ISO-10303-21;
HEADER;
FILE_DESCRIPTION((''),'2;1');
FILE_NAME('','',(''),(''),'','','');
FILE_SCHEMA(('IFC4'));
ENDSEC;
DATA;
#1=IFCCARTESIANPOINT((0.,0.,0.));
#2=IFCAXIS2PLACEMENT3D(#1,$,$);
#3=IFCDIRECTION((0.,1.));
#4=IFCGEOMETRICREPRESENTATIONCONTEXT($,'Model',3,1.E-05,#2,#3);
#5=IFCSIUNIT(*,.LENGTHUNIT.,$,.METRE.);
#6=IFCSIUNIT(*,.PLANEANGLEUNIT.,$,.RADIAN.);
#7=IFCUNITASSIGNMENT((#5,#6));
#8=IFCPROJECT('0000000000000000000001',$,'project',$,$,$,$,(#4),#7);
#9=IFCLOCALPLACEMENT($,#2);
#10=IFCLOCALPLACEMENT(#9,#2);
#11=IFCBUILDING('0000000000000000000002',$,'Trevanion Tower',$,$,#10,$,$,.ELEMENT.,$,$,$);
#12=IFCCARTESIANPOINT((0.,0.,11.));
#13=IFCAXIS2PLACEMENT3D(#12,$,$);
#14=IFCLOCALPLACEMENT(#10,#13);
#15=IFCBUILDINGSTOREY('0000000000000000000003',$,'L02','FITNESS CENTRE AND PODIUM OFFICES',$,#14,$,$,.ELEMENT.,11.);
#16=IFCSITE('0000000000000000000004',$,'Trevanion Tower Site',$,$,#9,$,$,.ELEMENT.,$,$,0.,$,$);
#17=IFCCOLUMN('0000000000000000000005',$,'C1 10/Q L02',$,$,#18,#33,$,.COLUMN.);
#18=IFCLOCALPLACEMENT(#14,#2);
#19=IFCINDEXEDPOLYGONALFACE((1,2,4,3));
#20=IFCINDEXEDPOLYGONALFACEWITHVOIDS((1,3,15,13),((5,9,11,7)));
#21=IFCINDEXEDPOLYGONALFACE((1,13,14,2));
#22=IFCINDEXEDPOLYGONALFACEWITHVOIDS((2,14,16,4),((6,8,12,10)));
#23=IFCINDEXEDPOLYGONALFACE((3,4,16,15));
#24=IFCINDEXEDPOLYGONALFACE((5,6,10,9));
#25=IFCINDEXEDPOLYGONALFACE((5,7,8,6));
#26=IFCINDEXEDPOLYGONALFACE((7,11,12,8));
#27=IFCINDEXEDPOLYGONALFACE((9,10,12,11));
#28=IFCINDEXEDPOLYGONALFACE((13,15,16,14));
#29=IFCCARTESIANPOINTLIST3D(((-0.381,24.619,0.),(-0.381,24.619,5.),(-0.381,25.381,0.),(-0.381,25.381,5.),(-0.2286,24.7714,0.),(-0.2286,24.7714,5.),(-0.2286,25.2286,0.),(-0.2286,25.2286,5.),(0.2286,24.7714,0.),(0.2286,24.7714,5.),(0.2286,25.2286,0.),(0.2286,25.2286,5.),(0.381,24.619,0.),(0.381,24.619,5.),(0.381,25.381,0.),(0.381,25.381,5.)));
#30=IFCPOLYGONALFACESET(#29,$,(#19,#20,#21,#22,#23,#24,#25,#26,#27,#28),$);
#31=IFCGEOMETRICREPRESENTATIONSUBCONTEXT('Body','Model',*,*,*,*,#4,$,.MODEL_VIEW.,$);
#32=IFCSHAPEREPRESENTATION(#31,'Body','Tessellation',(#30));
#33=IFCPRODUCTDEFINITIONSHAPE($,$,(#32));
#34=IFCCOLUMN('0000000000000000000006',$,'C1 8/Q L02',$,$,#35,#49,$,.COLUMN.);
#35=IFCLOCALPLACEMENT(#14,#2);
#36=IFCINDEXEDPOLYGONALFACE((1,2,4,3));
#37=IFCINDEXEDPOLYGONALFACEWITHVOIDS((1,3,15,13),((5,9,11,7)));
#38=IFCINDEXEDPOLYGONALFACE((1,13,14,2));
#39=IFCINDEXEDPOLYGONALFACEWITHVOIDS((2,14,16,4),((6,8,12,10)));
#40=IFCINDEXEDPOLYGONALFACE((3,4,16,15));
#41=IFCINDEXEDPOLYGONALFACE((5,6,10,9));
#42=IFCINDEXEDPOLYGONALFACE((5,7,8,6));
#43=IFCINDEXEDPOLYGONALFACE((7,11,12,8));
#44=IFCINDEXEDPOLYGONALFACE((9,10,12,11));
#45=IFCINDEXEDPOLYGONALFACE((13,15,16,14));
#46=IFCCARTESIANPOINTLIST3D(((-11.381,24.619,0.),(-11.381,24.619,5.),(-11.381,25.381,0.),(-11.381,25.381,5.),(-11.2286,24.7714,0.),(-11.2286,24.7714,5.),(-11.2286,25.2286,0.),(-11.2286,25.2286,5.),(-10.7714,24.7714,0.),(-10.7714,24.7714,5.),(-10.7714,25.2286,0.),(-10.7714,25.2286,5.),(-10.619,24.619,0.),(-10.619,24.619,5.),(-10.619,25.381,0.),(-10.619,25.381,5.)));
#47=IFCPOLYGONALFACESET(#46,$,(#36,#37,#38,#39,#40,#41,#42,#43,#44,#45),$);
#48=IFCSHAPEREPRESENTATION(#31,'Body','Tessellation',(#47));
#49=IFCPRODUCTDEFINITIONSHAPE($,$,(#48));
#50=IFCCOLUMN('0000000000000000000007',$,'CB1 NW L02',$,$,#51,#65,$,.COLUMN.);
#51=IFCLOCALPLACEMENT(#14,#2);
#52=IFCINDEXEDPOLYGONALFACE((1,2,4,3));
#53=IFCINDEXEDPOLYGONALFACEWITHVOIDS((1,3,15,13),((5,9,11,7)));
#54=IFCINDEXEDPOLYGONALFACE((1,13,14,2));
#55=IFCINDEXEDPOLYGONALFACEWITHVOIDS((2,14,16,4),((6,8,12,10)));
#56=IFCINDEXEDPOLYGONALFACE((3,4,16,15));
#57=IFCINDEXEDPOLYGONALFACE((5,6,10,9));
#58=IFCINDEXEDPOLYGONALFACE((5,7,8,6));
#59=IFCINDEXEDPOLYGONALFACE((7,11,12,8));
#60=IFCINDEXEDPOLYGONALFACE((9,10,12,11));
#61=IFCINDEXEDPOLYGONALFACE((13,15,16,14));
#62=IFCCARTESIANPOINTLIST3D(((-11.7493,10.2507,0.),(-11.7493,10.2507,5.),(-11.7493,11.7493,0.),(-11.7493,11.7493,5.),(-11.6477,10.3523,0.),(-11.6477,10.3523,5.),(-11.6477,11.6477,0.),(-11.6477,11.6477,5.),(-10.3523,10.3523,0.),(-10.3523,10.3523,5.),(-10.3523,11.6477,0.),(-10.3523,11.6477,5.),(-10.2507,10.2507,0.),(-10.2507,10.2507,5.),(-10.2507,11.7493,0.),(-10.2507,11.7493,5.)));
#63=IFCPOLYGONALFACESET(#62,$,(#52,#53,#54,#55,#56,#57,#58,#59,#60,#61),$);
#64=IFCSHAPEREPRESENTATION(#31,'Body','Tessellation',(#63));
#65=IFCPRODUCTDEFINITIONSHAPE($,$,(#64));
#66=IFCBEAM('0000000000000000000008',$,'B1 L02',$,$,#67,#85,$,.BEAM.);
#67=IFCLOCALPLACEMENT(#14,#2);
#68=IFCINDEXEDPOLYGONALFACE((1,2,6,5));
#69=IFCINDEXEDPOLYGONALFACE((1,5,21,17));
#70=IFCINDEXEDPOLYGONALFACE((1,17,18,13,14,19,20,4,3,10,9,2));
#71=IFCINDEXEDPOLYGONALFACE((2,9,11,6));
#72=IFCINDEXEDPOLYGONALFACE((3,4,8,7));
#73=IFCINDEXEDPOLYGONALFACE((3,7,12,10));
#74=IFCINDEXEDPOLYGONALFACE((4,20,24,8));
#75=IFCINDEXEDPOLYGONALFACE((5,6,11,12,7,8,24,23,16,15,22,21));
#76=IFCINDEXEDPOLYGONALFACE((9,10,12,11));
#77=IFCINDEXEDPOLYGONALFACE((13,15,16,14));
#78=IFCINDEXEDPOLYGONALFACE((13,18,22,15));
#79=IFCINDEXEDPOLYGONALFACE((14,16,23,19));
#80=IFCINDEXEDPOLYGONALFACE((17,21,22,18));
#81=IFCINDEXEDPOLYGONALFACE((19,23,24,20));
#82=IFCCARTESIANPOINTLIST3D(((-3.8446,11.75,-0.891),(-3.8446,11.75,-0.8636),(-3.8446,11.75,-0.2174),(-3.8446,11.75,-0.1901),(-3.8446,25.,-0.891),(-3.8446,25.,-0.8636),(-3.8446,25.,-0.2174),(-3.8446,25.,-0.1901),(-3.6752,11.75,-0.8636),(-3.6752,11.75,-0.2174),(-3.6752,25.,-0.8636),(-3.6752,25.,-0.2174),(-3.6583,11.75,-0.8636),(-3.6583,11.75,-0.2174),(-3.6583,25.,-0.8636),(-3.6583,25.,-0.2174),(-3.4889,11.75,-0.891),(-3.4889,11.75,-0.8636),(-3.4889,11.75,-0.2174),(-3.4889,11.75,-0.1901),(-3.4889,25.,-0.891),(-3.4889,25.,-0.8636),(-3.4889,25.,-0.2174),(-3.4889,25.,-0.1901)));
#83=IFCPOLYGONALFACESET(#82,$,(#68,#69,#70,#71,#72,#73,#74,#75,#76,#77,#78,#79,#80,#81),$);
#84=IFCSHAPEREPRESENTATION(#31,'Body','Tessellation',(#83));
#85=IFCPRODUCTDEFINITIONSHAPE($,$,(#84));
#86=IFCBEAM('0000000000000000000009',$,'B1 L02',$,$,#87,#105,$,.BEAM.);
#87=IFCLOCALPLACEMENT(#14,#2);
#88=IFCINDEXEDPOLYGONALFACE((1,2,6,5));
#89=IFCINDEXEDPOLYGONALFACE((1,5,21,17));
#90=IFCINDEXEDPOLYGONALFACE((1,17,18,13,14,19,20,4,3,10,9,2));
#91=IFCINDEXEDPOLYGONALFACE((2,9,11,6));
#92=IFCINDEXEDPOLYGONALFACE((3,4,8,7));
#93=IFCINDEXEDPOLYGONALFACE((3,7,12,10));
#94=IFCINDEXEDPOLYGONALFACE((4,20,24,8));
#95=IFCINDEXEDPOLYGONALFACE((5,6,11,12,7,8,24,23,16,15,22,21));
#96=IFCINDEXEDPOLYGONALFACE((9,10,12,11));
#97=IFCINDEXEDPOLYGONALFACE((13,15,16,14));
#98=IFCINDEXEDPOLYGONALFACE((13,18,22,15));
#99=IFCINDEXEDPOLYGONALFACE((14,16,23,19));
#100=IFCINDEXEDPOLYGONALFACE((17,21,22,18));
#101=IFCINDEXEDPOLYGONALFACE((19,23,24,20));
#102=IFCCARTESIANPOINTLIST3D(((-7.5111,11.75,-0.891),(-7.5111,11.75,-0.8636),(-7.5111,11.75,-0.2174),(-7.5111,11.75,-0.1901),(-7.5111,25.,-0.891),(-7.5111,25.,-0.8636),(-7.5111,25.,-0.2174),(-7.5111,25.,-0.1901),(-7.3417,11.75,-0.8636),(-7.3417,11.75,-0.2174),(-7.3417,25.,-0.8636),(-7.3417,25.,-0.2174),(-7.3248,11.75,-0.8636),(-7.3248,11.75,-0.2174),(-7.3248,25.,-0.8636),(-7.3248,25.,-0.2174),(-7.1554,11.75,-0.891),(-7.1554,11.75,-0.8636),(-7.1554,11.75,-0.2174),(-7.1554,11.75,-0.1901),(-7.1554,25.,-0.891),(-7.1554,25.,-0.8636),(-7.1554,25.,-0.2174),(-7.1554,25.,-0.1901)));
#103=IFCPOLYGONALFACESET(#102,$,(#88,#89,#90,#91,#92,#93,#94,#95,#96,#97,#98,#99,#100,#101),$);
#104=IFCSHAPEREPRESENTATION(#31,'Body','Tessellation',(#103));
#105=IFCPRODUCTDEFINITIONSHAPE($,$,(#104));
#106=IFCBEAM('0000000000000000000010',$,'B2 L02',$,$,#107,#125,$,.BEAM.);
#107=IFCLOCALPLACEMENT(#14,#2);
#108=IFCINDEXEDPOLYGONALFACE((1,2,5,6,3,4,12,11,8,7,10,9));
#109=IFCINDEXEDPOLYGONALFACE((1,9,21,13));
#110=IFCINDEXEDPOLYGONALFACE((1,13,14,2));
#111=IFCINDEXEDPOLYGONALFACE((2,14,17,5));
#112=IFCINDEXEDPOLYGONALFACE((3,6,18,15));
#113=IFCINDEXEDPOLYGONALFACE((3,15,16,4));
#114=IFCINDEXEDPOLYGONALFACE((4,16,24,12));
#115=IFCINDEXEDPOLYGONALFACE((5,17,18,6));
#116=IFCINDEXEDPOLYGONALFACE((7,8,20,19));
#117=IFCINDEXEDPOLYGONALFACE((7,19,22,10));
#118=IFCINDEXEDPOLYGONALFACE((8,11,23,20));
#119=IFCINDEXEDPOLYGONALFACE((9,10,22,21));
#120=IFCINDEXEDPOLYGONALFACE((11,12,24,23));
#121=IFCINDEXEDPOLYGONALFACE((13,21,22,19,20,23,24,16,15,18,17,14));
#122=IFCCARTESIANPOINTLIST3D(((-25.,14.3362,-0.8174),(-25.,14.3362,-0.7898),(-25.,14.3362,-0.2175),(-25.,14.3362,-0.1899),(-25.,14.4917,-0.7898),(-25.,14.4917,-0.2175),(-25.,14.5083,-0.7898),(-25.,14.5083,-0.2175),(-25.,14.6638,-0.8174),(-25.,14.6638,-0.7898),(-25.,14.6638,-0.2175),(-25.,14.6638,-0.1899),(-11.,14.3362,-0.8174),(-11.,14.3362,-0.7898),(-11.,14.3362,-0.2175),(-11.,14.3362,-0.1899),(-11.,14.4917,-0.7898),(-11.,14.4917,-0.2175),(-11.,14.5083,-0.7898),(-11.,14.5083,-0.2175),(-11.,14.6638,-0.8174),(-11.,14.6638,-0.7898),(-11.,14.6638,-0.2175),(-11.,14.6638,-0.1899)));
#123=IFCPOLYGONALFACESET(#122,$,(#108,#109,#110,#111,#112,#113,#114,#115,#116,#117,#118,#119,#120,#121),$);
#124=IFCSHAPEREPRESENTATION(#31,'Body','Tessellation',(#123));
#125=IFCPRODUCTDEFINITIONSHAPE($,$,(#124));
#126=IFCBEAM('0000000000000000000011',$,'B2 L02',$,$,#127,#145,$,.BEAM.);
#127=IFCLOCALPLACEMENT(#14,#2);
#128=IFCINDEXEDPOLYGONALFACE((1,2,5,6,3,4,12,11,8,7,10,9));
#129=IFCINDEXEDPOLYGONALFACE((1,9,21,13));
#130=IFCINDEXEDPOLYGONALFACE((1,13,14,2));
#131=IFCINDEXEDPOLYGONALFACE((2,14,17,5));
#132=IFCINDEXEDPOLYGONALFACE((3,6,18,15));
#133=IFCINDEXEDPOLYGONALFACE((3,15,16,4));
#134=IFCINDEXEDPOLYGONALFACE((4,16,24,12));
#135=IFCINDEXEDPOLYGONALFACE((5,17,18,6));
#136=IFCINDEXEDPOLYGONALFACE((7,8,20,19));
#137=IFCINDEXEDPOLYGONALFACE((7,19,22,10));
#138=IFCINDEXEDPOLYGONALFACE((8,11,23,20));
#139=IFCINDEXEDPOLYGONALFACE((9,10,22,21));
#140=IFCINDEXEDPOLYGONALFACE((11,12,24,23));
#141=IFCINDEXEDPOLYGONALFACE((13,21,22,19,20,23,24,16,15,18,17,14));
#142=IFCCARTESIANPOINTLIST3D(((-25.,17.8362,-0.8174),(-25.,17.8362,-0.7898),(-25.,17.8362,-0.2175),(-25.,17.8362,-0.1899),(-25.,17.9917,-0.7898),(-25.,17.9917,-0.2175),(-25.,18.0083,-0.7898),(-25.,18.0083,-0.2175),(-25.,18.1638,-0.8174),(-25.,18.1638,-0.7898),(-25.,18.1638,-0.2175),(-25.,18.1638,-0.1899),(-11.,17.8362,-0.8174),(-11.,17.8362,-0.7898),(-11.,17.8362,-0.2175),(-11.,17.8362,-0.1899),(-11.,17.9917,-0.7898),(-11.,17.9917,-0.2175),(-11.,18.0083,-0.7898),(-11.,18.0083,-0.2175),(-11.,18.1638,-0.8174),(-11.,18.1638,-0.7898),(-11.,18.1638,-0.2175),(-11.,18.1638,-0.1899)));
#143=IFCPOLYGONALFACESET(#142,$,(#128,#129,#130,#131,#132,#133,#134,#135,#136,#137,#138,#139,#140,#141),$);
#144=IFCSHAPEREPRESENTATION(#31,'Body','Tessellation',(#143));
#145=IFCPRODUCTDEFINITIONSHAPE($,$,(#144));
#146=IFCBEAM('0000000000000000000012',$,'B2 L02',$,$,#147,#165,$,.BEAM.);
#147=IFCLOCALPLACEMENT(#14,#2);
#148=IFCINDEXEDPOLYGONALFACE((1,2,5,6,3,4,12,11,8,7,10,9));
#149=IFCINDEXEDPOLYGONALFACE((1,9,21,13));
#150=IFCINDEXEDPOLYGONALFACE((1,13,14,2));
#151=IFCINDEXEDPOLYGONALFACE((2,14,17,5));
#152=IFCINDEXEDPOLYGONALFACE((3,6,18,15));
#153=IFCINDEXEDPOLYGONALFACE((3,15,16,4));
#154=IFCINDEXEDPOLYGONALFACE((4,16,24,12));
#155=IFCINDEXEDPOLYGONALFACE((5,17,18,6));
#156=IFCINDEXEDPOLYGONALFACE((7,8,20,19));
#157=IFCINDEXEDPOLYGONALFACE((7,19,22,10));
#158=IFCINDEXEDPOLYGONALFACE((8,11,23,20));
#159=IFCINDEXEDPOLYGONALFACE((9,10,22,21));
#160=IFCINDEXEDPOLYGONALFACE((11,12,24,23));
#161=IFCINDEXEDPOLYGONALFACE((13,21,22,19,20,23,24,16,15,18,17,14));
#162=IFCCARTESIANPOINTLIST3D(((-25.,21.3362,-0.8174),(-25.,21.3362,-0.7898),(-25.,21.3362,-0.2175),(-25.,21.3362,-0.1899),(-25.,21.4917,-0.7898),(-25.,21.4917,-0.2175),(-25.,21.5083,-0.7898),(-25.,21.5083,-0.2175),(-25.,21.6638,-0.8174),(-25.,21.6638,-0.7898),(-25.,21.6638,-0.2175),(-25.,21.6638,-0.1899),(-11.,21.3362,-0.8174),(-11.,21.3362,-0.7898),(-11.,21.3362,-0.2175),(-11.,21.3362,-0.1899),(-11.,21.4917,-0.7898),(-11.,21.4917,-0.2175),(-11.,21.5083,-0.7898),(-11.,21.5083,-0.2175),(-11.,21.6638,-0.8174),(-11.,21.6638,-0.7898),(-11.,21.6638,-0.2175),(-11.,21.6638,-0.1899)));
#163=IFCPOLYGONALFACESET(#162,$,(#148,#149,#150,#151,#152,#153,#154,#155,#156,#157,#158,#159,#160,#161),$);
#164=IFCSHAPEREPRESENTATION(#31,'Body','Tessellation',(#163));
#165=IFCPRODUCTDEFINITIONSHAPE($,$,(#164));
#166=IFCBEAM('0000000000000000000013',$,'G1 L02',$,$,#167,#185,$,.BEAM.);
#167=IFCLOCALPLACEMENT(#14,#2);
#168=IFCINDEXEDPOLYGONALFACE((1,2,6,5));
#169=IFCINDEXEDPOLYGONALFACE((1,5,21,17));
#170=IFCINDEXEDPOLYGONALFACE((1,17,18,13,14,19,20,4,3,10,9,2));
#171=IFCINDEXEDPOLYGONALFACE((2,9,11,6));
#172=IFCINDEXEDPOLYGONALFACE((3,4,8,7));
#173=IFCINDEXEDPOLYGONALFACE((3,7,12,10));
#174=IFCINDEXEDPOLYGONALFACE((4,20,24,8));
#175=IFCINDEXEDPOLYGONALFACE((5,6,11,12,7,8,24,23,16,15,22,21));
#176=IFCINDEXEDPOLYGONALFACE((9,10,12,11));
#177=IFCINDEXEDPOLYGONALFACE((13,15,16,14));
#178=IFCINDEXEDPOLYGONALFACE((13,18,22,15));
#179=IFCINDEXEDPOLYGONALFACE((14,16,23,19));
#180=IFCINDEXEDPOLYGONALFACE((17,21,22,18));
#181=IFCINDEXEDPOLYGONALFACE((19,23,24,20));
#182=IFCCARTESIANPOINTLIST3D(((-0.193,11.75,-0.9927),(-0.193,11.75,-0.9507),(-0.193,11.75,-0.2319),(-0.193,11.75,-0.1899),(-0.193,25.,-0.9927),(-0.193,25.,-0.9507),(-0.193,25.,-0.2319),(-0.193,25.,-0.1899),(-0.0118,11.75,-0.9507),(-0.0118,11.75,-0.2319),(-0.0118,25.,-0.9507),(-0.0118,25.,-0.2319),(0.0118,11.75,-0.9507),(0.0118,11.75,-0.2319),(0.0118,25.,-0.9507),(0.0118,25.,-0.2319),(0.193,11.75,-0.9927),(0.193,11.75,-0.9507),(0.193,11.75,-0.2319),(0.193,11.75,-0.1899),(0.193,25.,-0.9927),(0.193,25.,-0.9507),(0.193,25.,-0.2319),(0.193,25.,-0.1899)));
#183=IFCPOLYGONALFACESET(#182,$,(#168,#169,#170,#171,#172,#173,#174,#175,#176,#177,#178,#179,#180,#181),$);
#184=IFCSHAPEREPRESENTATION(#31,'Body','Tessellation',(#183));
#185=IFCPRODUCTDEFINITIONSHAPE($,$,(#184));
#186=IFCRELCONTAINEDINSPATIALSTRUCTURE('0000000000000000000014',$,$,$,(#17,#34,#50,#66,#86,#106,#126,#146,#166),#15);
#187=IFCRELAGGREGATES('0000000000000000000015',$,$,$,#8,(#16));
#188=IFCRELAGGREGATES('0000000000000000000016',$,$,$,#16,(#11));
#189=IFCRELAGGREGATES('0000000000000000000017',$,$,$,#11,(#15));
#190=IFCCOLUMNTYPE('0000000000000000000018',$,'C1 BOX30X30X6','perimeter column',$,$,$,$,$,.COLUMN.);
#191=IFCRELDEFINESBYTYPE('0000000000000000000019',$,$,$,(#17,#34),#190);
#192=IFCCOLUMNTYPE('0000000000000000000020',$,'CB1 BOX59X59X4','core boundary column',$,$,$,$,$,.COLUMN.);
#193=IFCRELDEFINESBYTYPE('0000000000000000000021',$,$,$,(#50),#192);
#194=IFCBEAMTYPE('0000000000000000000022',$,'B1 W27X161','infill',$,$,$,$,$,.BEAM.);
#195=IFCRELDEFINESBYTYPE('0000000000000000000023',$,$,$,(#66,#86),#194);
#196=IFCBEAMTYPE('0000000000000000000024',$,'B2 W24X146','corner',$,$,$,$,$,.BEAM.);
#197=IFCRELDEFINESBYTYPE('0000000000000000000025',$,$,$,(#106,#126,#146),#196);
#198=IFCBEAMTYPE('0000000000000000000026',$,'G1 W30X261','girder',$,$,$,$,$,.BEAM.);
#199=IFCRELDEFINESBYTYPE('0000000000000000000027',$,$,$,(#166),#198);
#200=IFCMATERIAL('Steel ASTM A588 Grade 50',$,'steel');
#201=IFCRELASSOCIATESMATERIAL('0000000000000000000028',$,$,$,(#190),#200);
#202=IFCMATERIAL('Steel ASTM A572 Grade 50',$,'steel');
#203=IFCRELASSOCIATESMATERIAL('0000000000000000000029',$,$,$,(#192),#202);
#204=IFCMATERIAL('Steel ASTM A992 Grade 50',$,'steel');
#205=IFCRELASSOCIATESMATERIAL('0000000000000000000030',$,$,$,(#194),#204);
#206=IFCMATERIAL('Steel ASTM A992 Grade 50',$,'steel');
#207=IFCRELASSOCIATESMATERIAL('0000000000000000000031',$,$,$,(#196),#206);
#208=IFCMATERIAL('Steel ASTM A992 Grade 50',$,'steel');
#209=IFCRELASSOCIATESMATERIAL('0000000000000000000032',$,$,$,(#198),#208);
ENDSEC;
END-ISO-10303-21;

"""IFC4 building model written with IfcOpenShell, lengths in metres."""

from ifc_helpers import new_model, si_unit, direction, frame, origin, origin_2d, place, context, subcontext, project, spatial, hollow_rectangle, i_section, extrude, material, material_profile, profile_set, type_object, element, save


model = new_model("IFC4")

# Units and contexts
model_context = context("Model", 3, precision=1e-05, world=origin(), true_north=direction((0.0, 1.0)))
body_context = subcontext(model_context, "Body", "Model", "MODEL_VIEW")
ifc_project = project(units=[si_unit("LENGTHUNIT", "METRE"), si_unit("PLANEANGLEUNIT", "RADIAN")], contexts=[model_context])

# Site, building, storey
site_placement = place(None, origin())
site = spatial("IfcSite", under=ifc_project, at=site_placement, Name="Trevanion Tower Site", CompositionType="ELEMENT", RefElevation=0.0)
building_placement = place(site_placement, origin())
building = spatial("IfcBuilding", under=site, at=building_placement, Name="Trevanion Tower", CompositionType="ELEMENT")
storey_placement = place(building_placement, frame((0.0, 0.0, 11.0)))
storey = spatial("IfcBuildingStorey", under=building, at=storey_placement, Name="L02", Description="FITNESS CENTRE AND PODIUM OFFICES", CompositionType="ELEMENT", Elevation=11.0)

# Columns
ifc_material_1 = material(Name="Steel ASTM A588 Grade 50", Category="steel")
ifc_material_profile_1 = material_profile(ifc_material_1, hollow_rectangle(XDim=0.762, YDim=0.762, WallThickness=0.1523, at=origin_2d()), Name="BOX30X30X6")
ifc_profile_set_1 = profile_set([ifc_material_profile_1], Name="Steel ASTM A588 Grade 50")
column_type_1 = type_object("IfcColumnType", Name="C1 BOX30X30X6", Description="perimeter column", PredefinedType="COLUMN", material=ifc_profile_set_1)
for number, where, z_axis, x_axis, name in (
    (1, (0.0, 25.0, 0.0), (0.0, 0.0, 1.0), (1.0, 0.0, 0.0), "C1 10/Q L02"),
    (2, (-11.0, 25.0, 0.0), (0.0, 0.0, 1.0), (1.0, 0.0, 0.0), "C1 8/Q L02"),
):
    element("IfcColumn", number, at=place(storey_placement, frame(where, z_axis=z_axis, x_axis=x_axis)), inside=storey, type_object=column_type_1, Name=name, PredefinedType="COLUMN", context=body_context, shape_type="SweptSolid", body=[
        extrude(hollow_rectangle(XDim=0.762, YDim=0.762, WallThickness=0.1523, at=origin_2d()), origin(), (0.0, 0.0, 1.0), 5.0),
    ])
ifc_material_2 = material(Name="Steel ASTM A572 Grade 50", Category="steel")
ifc_material_profile_2 = material_profile(ifc_material_2, hollow_rectangle(XDim=1.4985, YDim=1.4985, WallThickness=0.1016, at=origin_2d()), Name="BOX59X59X4")
ifc_profile_set_2 = profile_set([ifc_material_profile_2], Name="Steel ASTM A572 Grade 50")
column_type_2 = type_object("IfcColumnType", Name="CB1 BOX59X59X4", Description="core boundary column", PredefinedType="COLUMN", material=ifc_profile_set_2)
column_placement = place(storey_placement, frame((-11.0, 11.0, 0.0), z_axis=(0.0, 0.0, 1.0), x_axis=(1.0, 0.0, 0.0)))
element("IfcColumn", 3, at=column_placement, inside=storey, type_object=column_type_2, Name="CB1 NW L02", PredefinedType="COLUMN", context=body_context, shape_type="SweptSolid", body=[
    extrude(hollow_rectangle(XDim=1.4985, YDim=1.4985, WallThickness=0.1016, at=origin_2d()), origin(), (0.0, 0.0, 1.0), 5.0),
])

# Beams
ifc_material_3 = material(Name="Steel ASTM A992 Grade 50", Category="steel")
ifc_material_profile_3 = material_profile(ifc_material_3, i_section(OverallWidth=0.3557, OverallDepth=0.7009, WebThickness=0.0168, FlangeThickness=0.0273, at=origin_2d()), Name="W27X161")
ifc_profile_set_3 = profile_set([ifc_material_profile_3], Name="Steel ASTM A992 Grade 50")
beam_type_1 = type_object("IfcBeamType", Name="B1 W27X161", Description="infill", PredefinedType="BEAM", material=ifc_profile_set_3)
for number, where, z_axis, x_axis, name in (
    (4, (-3.6667, 11.75, -0.5405), (0.0, 1.0, 0.0), (-1.0, 0.0, 0.0), "B1 L02"),
    (5, (-7.3333, 11.75, -0.5405), (0.0, 1.0, 0.0), (-1.0, 0.0, 0.0), "B1 L02"),
):
    element("IfcBeam", number, at=place(storey_placement, frame(where, z_axis=z_axis, x_axis=x_axis)), inside=storey, type_object=beam_type_1, Name=name, PredefinedType="BEAM", context=body_context, shape_type="SweptSolid", body=[
        extrude(i_section(OverallWidth=0.3557, OverallDepth=0.7009, WebThickness=0.0168, FlangeThickness=0.0273, at=origin_2d()), origin(), (0.0, 0.0, 1.0), 13.25),
    ])
ifc_material_4 = material(Name="Steel ASTM A992 Grade 50", Category="steel")
ifc_material_profile_4 = material_profile(ifc_material_4, i_section(OverallWidth=0.3276, OverallDepth=0.6274, WebThickness=0.0166, FlangeThickness=0.0276, at=origin_2d()), Name="W24X146")
ifc_profile_set_4 = profile_set([ifc_material_profile_4], Name="Steel ASTM A992 Grade 50")
beam_type_2 = type_object("IfcBeamType", Name="B2 W24X146", Description="corner", PredefinedType="BEAM", material=ifc_profile_set_4)
for number, where, z_axis, x_axis, name in (
    (6, (-11.0, 14.5, -0.5037), (-1.0, 0.0, 0.0), (0.0, -1.0, 0.0), "B2 L02"),
    (7, (-11.0, 18.0, -0.5037), (-1.0, 0.0, 0.0), (0.0, -1.0, 0.0), "B2 L02"),
    (8, (-11.0, 21.5, -0.5037), (-1.0, 0.0, 0.0), (0.0, -1.0, 0.0), "B2 L02"),
):
    element("IfcBeam", number, at=place(storey_placement, frame(where, z_axis=z_axis, x_axis=x_axis)), inside=storey, type_object=beam_type_2, Name=name, PredefinedType="BEAM", context=body_context, shape_type="SweptSolid", body=[
        extrude(i_section(OverallWidth=0.3276, OverallDepth=0.6274, WebThickness=0.0166, FlangeThickness=0.0276, at=origin_2d()), origin(), (0.0, 0.0, 1.0), 14.0),
    ])
ifc_material_5 = material(Name="Steel ASTM A992 Grade 50", Category="steel")
ifc_material_profile_5 = material_profile(ifc_material_5, i_section(OverallWidth=0.386, OverallDepth=0.8027, WebThickness=0.0237, FlangeThickness=0.042, at=origin_2d()), Name="W30X261")
ifc_profile_set_5 = profile_set([ifc_material_profile_5], Name="Steel ASTM A992 Grade 50")
beam_type_3 = type_object("IfcBeamType", Name="G1 W30X261", Description="girder", PredefinedType="BEAM", material=ifc_profile_set_5)
for number, where, z_axis, x_axis, name in (
    (9, (0.0, 11.75, -0.5913), (0.0, 1.0, 0.0), (-1.0, 0.0, 0.0), "G1 L02"),
):
    element("IfcBeam", number, at=place(storey_placement, frame(where, z_axis=z_axis, x_axis=x_axis)), inside=storey, type_object=beam_type_3, Name=name, PredefinedType="BEAM", context=body_context, shape_type="SweptSolid", body=[
        extrude(i_section(OverallWidth=0.386, OverallDepth=0.8027, WebThickness=0.0237, FlangeThickness=0.042, at=origin_2d()), origin(), (0.0, 0.0, 1.0), 13.25),
    ])

save(model, "model.ifc")
